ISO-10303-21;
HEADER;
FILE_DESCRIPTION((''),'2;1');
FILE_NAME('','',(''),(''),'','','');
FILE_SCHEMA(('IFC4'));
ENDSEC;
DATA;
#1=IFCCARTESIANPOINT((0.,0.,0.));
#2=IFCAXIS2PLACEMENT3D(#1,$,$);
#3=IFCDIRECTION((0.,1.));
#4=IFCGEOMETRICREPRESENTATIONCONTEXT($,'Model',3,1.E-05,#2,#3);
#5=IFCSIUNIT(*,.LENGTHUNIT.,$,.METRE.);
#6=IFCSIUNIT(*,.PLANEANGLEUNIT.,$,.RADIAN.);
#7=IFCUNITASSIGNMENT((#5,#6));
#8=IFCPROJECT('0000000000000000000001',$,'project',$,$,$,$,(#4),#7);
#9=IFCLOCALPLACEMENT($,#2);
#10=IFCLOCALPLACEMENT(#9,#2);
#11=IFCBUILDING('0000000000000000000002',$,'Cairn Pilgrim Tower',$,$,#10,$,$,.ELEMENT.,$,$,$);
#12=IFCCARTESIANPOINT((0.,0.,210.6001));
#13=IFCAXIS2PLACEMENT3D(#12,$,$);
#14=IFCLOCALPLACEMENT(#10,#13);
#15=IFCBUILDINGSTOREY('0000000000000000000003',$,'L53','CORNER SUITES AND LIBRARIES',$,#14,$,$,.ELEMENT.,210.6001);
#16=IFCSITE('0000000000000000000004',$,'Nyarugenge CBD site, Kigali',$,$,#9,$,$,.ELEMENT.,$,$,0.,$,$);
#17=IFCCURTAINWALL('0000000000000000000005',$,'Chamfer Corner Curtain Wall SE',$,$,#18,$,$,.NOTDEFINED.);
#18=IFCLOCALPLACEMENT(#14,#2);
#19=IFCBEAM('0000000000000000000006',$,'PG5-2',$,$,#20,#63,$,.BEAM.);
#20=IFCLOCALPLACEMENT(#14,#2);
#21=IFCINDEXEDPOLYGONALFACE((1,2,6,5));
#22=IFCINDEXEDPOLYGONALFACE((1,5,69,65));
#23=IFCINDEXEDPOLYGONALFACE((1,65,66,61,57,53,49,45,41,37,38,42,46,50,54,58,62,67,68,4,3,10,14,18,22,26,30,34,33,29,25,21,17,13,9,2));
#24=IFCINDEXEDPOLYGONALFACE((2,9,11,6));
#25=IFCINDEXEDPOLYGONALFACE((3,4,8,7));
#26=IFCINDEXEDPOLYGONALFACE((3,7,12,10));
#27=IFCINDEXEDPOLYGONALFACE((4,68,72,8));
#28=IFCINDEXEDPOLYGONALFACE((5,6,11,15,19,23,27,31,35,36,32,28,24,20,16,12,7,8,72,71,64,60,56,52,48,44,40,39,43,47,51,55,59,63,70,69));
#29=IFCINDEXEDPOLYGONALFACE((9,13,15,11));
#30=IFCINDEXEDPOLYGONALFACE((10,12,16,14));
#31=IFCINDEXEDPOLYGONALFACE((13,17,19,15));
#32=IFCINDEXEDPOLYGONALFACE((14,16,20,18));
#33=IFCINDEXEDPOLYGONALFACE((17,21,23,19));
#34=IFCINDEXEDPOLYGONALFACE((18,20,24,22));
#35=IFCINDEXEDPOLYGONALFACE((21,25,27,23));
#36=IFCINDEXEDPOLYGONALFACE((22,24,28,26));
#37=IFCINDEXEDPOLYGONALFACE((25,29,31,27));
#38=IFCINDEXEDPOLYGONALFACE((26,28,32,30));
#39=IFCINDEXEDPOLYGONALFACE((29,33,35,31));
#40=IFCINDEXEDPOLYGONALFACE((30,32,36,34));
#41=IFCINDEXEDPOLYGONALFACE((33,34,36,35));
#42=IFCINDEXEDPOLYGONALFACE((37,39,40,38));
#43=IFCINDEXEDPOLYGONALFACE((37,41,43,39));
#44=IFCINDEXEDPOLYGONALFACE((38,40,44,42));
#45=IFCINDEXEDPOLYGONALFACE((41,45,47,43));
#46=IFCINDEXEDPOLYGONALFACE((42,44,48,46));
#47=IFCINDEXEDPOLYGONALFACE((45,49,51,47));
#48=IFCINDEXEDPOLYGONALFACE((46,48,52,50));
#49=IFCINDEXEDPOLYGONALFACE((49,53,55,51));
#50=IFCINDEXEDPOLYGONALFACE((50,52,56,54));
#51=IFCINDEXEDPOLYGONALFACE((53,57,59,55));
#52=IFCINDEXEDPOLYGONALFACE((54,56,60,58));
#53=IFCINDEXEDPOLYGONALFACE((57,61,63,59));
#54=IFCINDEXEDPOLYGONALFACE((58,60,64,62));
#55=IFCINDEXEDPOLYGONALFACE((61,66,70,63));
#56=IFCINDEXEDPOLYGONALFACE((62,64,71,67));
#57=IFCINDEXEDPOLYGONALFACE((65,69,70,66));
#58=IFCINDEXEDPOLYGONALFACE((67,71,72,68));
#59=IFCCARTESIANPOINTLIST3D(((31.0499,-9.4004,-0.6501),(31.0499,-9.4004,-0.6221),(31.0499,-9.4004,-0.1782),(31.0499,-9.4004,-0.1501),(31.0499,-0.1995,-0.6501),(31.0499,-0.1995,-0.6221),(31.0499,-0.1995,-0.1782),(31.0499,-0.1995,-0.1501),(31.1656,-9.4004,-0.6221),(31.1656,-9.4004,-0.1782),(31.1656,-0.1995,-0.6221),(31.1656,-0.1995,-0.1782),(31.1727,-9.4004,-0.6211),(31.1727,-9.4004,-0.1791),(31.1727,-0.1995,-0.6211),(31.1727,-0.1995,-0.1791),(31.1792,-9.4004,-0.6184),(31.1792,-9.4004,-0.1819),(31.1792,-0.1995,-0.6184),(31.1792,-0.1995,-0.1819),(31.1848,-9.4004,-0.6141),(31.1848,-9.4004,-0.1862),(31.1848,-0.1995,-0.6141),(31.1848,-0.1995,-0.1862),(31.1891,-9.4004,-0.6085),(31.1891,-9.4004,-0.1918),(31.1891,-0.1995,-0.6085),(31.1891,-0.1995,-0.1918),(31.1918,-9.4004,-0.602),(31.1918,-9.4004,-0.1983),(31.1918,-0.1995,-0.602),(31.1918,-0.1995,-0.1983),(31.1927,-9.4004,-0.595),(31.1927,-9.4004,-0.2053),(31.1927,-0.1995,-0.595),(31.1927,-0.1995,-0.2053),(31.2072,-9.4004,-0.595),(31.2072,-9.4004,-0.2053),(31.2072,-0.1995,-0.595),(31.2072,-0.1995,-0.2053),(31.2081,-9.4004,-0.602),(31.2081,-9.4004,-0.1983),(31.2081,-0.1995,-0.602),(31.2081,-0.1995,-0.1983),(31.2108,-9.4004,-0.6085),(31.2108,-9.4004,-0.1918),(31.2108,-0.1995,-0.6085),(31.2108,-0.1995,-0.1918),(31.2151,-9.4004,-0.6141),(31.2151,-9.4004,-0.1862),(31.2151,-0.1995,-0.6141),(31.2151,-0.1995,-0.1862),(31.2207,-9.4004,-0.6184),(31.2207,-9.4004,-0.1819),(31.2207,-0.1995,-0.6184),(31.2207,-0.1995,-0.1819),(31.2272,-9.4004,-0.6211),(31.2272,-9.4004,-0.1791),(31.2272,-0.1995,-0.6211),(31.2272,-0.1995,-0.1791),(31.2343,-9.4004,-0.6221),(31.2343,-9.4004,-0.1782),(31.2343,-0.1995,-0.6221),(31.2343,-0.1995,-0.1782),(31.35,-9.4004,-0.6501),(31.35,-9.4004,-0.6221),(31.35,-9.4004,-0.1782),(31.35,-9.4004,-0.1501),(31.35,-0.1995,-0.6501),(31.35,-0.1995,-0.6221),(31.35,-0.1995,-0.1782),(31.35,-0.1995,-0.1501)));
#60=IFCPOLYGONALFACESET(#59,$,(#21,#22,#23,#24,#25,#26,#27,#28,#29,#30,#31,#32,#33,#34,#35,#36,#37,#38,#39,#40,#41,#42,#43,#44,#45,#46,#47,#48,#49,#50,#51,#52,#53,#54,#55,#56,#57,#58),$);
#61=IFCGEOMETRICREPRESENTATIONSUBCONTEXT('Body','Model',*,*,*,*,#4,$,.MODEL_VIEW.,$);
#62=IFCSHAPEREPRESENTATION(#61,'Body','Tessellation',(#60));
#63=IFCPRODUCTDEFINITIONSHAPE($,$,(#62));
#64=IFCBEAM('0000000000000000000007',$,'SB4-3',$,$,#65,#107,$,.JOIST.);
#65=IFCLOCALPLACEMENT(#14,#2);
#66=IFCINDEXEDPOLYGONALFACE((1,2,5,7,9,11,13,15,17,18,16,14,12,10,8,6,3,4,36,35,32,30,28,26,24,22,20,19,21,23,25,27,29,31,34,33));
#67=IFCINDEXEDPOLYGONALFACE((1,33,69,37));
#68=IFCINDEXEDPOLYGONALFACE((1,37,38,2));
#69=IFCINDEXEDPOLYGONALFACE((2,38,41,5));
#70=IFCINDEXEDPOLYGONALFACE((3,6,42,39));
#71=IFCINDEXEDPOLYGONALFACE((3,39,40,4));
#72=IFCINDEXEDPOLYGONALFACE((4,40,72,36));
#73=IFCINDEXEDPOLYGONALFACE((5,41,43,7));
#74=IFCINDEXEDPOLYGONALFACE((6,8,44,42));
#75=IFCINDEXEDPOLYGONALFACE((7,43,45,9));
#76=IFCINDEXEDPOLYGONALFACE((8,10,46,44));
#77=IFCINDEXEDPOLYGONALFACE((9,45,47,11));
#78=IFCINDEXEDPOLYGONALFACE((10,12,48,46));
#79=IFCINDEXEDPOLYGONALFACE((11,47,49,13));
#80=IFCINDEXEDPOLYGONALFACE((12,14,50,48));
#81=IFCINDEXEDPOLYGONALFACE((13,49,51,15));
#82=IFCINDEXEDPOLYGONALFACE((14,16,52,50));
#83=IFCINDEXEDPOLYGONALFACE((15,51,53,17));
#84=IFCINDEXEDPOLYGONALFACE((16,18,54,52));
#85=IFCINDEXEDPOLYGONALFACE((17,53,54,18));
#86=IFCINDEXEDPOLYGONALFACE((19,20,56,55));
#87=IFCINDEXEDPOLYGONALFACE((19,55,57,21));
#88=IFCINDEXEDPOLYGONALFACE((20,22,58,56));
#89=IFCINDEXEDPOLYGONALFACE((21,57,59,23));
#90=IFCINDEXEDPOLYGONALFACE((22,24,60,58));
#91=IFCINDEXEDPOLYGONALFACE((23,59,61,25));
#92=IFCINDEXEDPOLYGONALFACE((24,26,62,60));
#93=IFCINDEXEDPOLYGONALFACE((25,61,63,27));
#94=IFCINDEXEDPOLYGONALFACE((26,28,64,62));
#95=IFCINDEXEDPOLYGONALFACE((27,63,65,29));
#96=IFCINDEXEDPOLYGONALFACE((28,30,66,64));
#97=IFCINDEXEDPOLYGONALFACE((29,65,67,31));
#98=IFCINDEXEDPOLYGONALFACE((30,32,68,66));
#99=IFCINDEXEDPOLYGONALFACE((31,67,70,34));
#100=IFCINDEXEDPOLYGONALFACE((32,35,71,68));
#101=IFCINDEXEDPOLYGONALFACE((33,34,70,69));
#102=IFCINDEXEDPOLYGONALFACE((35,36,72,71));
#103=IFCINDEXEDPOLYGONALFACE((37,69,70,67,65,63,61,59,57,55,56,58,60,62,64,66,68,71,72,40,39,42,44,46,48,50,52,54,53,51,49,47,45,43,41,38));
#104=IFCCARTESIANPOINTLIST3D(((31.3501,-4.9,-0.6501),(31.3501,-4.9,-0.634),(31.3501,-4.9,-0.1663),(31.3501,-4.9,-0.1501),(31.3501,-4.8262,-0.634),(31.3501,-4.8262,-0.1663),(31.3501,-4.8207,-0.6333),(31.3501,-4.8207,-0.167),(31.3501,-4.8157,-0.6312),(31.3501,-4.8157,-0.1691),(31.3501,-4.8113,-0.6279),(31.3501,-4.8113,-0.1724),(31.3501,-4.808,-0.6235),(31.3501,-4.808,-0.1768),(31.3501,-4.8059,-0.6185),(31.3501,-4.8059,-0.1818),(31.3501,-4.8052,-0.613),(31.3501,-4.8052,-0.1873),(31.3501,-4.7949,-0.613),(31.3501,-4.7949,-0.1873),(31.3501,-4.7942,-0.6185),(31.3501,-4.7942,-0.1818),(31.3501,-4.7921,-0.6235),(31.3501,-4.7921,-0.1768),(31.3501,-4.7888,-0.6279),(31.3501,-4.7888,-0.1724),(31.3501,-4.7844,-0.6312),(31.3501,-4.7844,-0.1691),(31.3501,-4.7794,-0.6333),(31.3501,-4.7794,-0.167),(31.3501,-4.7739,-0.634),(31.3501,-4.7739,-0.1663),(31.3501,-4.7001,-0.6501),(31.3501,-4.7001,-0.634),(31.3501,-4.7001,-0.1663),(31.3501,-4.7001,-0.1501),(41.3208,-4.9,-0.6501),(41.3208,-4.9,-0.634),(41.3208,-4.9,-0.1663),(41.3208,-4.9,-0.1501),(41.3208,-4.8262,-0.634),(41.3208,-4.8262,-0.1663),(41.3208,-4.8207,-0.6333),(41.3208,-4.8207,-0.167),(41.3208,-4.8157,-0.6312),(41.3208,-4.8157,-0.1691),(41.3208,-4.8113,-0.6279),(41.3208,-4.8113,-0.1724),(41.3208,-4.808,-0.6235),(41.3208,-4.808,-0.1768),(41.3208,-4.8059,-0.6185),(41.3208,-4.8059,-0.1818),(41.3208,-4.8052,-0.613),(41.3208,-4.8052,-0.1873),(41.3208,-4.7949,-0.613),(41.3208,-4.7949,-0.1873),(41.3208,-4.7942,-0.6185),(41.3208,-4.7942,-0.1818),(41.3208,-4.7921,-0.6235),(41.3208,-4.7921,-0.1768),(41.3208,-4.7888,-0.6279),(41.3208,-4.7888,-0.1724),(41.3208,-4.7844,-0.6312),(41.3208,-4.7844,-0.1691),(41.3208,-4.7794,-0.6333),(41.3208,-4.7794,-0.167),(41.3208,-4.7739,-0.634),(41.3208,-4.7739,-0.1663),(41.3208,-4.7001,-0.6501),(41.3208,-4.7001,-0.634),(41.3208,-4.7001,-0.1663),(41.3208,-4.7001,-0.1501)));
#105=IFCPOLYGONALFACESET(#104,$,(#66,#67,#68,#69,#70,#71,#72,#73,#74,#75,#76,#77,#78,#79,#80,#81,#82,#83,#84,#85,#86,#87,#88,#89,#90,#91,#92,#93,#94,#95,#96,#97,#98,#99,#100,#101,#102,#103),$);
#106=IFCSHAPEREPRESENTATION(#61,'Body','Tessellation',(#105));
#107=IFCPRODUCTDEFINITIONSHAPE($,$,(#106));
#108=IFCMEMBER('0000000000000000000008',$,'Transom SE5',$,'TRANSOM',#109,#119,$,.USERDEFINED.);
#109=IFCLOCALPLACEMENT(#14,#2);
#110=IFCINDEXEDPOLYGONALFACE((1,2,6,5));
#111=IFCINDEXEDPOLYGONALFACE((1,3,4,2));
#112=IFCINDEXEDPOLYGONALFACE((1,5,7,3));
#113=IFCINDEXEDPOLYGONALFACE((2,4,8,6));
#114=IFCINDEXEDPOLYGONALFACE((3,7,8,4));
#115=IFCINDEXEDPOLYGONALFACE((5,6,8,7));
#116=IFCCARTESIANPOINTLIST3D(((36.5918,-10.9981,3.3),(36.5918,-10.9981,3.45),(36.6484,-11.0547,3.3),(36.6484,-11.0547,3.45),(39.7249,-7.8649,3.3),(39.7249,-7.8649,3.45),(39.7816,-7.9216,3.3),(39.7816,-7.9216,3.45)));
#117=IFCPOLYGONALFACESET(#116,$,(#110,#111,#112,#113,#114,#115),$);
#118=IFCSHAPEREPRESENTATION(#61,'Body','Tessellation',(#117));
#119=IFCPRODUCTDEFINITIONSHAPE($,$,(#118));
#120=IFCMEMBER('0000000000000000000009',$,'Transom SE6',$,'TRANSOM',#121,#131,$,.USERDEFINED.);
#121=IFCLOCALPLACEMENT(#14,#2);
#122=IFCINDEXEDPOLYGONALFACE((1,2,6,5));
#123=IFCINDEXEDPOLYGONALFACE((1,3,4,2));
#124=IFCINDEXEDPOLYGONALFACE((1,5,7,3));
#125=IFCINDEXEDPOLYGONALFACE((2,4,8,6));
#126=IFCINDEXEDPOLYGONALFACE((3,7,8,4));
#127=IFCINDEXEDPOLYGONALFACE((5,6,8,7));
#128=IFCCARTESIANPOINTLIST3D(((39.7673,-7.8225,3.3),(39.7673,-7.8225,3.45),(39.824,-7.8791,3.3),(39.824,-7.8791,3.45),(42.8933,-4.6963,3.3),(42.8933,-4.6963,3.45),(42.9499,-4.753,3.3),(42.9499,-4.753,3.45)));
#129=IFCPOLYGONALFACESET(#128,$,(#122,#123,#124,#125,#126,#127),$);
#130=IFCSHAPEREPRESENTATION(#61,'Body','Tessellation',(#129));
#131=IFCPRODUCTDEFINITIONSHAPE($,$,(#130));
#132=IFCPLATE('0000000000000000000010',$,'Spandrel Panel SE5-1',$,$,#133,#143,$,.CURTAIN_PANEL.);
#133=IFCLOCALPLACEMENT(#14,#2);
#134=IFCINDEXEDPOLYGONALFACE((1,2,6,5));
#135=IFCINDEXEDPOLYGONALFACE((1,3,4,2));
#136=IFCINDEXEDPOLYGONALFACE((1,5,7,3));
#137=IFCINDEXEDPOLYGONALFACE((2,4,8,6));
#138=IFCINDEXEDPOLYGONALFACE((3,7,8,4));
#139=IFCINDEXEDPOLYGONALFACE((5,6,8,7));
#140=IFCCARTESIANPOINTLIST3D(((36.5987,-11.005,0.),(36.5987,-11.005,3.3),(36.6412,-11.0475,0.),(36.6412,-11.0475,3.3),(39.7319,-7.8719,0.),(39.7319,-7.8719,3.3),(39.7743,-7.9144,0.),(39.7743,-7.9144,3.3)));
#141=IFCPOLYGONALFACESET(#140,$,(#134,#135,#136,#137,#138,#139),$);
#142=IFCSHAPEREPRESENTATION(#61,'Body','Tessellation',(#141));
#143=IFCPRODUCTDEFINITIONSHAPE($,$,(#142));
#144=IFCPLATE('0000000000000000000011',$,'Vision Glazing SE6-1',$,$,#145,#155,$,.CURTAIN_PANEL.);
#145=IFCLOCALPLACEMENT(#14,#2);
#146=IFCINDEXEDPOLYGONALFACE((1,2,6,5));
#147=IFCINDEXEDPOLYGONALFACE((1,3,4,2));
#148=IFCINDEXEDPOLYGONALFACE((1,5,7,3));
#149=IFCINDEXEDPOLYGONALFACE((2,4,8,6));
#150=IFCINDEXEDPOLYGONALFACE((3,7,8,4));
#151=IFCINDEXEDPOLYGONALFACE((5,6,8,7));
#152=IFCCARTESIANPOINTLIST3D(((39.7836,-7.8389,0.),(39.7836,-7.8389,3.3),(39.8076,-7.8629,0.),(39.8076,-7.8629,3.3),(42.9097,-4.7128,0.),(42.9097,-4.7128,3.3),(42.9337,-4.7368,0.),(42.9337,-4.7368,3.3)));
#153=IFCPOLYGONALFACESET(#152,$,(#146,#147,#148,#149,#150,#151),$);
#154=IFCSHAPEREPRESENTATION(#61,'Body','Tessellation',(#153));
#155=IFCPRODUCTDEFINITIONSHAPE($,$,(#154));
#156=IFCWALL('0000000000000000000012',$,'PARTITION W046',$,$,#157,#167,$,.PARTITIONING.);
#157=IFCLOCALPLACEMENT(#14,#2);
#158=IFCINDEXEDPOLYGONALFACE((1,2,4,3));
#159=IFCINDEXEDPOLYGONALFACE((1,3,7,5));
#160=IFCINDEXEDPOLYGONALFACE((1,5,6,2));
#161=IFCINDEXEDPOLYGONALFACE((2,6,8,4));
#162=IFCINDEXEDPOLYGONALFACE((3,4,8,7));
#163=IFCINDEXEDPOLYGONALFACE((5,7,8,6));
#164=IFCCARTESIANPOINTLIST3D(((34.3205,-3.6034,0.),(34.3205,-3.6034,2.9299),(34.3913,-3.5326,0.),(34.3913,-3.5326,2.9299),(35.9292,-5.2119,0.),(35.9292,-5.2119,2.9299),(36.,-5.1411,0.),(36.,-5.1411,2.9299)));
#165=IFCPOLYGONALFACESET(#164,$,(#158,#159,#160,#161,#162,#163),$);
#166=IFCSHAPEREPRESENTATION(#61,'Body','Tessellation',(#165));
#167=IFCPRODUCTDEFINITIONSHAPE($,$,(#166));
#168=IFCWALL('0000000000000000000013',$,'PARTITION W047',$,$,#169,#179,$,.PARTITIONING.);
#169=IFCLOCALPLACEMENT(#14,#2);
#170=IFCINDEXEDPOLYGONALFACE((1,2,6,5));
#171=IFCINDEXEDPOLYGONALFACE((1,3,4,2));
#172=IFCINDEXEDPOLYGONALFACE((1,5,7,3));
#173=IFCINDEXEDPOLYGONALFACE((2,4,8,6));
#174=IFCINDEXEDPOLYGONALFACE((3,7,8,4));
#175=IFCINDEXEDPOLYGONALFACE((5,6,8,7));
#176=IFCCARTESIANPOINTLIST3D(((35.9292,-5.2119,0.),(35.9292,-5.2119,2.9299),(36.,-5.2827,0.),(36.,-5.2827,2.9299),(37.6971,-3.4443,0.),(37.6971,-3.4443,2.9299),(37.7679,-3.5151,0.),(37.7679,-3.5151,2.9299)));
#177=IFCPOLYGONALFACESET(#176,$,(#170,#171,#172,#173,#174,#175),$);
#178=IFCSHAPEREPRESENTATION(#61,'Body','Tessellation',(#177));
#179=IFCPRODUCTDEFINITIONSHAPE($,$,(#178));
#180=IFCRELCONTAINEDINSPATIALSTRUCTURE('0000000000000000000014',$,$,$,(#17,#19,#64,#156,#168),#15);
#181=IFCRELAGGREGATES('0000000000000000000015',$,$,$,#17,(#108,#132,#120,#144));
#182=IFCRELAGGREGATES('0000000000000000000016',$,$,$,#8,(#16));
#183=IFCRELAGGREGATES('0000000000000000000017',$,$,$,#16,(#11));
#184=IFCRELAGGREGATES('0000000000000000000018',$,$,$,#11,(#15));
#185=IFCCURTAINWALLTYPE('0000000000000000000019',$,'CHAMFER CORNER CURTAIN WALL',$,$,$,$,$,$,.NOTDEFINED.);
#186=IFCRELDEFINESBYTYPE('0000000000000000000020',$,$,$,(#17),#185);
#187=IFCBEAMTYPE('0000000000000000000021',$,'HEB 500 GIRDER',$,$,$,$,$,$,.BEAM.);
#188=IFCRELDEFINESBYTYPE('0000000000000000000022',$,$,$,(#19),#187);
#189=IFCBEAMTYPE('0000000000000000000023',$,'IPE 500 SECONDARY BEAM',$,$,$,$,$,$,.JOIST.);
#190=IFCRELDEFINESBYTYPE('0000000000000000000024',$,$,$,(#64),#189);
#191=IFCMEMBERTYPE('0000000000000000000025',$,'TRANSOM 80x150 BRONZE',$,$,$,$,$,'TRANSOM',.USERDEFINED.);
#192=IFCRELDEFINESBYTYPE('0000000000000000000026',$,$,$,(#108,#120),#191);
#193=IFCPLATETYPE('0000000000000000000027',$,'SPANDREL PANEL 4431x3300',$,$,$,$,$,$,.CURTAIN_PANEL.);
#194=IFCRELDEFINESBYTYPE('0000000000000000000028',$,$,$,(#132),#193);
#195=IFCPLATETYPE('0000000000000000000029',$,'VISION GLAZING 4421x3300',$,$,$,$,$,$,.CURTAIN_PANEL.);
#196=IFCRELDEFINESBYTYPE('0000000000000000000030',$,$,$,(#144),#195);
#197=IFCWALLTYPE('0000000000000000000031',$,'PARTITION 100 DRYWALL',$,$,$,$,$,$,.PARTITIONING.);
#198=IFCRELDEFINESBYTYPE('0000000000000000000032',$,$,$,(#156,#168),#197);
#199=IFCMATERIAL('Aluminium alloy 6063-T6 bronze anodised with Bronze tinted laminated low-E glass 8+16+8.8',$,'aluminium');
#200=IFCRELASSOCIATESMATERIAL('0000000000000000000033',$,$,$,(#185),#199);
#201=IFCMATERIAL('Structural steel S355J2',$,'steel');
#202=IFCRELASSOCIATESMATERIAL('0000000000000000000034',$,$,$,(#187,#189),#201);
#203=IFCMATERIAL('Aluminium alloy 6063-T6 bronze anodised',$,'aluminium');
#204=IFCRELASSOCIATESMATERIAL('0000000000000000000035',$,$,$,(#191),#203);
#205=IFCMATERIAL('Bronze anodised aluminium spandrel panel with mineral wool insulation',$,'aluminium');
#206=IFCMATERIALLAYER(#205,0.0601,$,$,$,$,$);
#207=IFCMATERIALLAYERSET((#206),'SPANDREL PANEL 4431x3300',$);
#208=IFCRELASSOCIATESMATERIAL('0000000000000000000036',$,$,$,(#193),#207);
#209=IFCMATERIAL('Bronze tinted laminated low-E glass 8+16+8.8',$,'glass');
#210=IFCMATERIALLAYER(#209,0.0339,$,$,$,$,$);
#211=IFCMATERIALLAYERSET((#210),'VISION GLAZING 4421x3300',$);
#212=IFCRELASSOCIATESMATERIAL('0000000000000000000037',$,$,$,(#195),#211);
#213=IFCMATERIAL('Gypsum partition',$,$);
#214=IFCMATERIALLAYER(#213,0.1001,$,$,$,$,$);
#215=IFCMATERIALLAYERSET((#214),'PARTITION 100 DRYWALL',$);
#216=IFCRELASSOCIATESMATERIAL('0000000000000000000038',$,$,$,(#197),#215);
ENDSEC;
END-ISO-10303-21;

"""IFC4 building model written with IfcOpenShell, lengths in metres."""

from ifc_helpers import new_model, si_unit, direction, frame, frame_2d, origin, origin_2d, place, context, subcontext, project, spatial, rectangle, i_section, extrude, material, layer, layer_set, material_profile, profile_set, type_object, element, aggregate, save


model = new_model("IFC4")

# Units and contexts
model_context = context("Model", 3, precision=1e-05, world=origin(), true_north=direction((0.0, 1.0)))
body_context = subcontext(model_context, "Body", "Model", "MODEL_VIEW")
ifc_project = project(units=[si_unit("LENGTHUNIT", "METRE"), si_unit("PLANEANGLEUNIT", "RADIAN")], contexts=[model_context])

# Site, building, storey
site_placement = place(None, origin())
site = spatial("IfcSite", under=ifc_project, at=site_placement, Name="Nyarugenge CBD site, Kigali", CompositionType="ELEMENT", RefElevation=0.0)
building_placement = place(site_placement, origin())
building = spatial("IfcBuilding", under=site, at=building_placement, Name="Cairn Pilgrim Tower", CompositionType="ELEMENT")
storey_placement = place(building_placement, frame((0.0, 0.0, 210.6001)))
storey = spatial("IfcBuildingStorey", under=building, at=storey_placement, Name="L53", Description="CORNER SUITES AND LIBRARIES", CompositionType="ELEMENT", Elevation=210.6001)

# Shared definitions
ifc_material_1 = material(Name="Structural steel S355J2", Category="steel")

# Curtain wall
ifc_material_2 = material(Name="Aluminium alloy 6063-T6 bronze anodised with Bronze tinted laminated low-E glass 8+16+8.8", Category="aluminium")
curtain_wall_type_1 = type_object("IfcCurtainWallType", Name="CHAMFER CORNER CURTAIN WALL", PredefinedType="NOTDEFINED", material=ifc_material_2)
curtain_wall_1_placement = place(storey_placement, origin())
curtain_wall_1 = element("IfcCurtainWall", 1, at=curtain_wall_1_placement, inside=storey, type_object=curtain_wall_type_1, Name="Chamfer Corner Curtain Wall SE", PredefinedType="NOTDEFINED")
ifc_material_3 = material(Name="Aluminium alloy 6063-T6 bronze anodised", Category="aluminium")

# Beams
ifc_material_profile_1 = material_profile(ifc_material_1, i_section(OverallWidth=0.3, OverallDepth=0.5, WebThickness=0.0144, FlangeThickness=0.0281, FilletRadius=0.0271, at=origin_2d()), Name="HEB 500")
ifc_profile_set_1 = profile_set([ifc_material_profile_1], Name="Structural steel S355J2")
beam_type_1 = type_object("IfcBeamType", Name="HEB 500 GIRDER", PredefinedType="BEAM", material=ifc_profile_set_1)
beam_1_placement = place(storey_placement, frame((31.2, -9.4004, -0.4001), z_axis=(0.0, 1.0, 0.0), x_axis=(-1.0, 0.0, 0.0)))
element("IfcBeam", 2, at=beam_1_placement, inside=storey, type_object=beam_type_1, Name="PG5-2", PredefinedType="BEAM", context=body_context, shape_type="SweptSolid", body=[
    extrude(i_section(OverallWidth=0.3, OverallDepth=0.5, WebThickness=0.0144, FlangeThickness=0.0281, FilletRadius=0.0271, at=origin_2d()), origin(), (0.0, 0.0, 1.0), 9.2009),
])
ifc_material_profile_2 = material_profile(ifc_material_1, i_section(OverallWidth=0.2, OverallDepth=0.5, WebThickness=0.0103, FlangeThickness=0.0161, FilletRadius=0.021, at=origin_2d()), Name="IPE 500")
ifc_profile_set_2 = profile_set([ifc_material_profile_2], Name="Structural steel S355J2")
beam_type_2 = type_object("IfcBeamType", Name="IPE 500 SECONDARY BEAM", PredefinedType="JOIST", material=ifc_profile_set_2)
beam_2_placement = place(storey_placement, frame((31.3501, -4.8, -0.4001), z_axis=(1.0, 0.0, 0.0), x_axis=(0.0, 1.0, 0.0)))
element("IfcBeam", 3, at=beam_2_placement, inside=storey, type_object=beam_type_2, Name="SB4-3", PredefinedType="JOIST", context=body_context, shape_type="SweptSolid", body=[
    extrude(i_section(OverallWidth=0.2, OverallDepth=0.5, WebThickness=0.0103, FlangeThickness=0.0161, FilletRadius=0.021, at=origin_2d()), origin(), (0.0, 0.0, 1.0), 9.9707),
])

# Members
ifc_material_profile_3 = material_profile(ifc_material_3, rectangle(XDim=0.0801, YDim=0.1499, at=origin_2d()), Name="TRANSOM 80x150 BRONZE")
ifc_profile_set_3 = profile_set([ifc_material_profile_3], Name="Aluminium alloy 6063-T6 bronze anodised")
member_type_1 = type_object("IfcMemberType", Name="TRANSOM 80x150 BRONZE", ElementType="TRANSOM", PredefinedType="USERDEFINED", material=ifc_profile_set_3)
member_1_placement = place(storey_placement, frame((36.6201, -11.0264, 3.375), z_axis=(0.707107, 0.707107, 0.0), x_axis=(-0.707107, 0.707107, 0.0)))
member_1 = element("IfcMember", 4, at=member_1_placement, type_object=member_type_1, Name="Transom SE5", ObjectType="TRANSOM", PredefinedType="USERDEFINED", context=body_context, shape_type="SweptSolid", body=[
    extrude(rectangle(XDim=0.0801, YDim=0.1499, at=origin_2d()), origin(), (0.0, 0.0, 1.0), 4.4309),
])
member_2_placement = place(storey_placement, frame((39.7957, -7.8508, 3.375), z_axis=(0.707079, 0.707134, 0.0), x_axis=(-0.707134, 0.707079, 0.0)))
member_2 = element("IfcMember", 5, at=member_2_placement, type_object=member_type_1, Name="Transom SE6", ObjectType="TRANSOM", PredefinedType="USERDEFINED", context=body_context, shape_type="SweptSolid", body=[
    extrude(rectangle(XDim=0.0801, YDim=0.1499, at=origin_2d()), origin(), (0.0, 0.0, 1.0), 4.4209),
])

# Plates
ifc_material_4 = material(Name="Bronze anodised aluminium spandrel panel with mineral wool insulation", Category="aluminium")
ifc_layer_1 = layer(ifc_material_4, 0.0601)
ifc_layer_set_1 = layer_set([ifc_layer_1], Name="SPANDREL PANEL 4431x3300")
plate_type_1 = type_object("IfcPlateType", Name="SPANDREL PANEL 4431x3300", PredefinedType="CURTAIN_PANEL", material=ifc_layer_set_1)
plate_1_placement = place(storey_placement, frame((38.1865, -9.4597, 0.0), z_axis=(0.0, 0.0, 1.0), x_axis=(0.707107, 0.707107, 0.0)))
plate_1 = element("IfcPlate", 6, at=plate_1_placement, type_object=plate_type_1, Name="Spandrel Panel SE5-1", PredefinedType="CURTAIN_PANEL", context=body_context, shape_type="SweptSolid", body=[
    extrude(rectangle(XDim=4.4309, YDim=0.0601, at=origin_2d()), origin(), (0.0, 0.0, 1.0), 3.3),
])
ifc_material_5 = material(Name="Bronze tinted laminated low-E glass 8+16+8.8", Category="glass")
ifc_layer_2 = layer(ifc_material_5, 0.0339)
ifc_layer_set_2 = layer_set([ifc_layer_2], Name="VISION GLAZING 4421x3300")
plate_type_2 = type_object("IfcPlateType", Name="VISION GLAZING 4421x3300", PredefinedType="CURTAIN_PANEL", material=ifc_layer_set_2)
plate_2_placement = place(storey_placement, frame((41.3586, -6.2878, 0.0), z_axis=(0.0, 0.0, 1.0), x_axis=(0.707107, 0.707107, 0.0)))
plate_2 = element("IfcPlate", 7, at=plate_2_placement, type_object=plate_type_2, Name="Vision Glazing SE6-1", PredefinedType="CURTAIN_PANEL", context=body_context, shape_type="SweptSolid", body=[
    extrude(rectangle(XDim=4.4209, YDim=0.0339, at=origin_2d()), origin(), (0.0, 0.0, 1.0), 3.3),
])
aggregate(curtain_wall_1, [member_1, plate_1, member_2, plate_2])

# Walls
ifc_material_6 = material(Name="Gypsum partition")
ifc_layer_3 = layer(ifc_material_6, 0.1001)
ifc_layer_set_3 = layer_set([ifc_layer_3], Name="PARTITION 100 DRYWALL")
wall_type_1 = type_object("IfcWallType", Name="PARTITION 100 DRYWALL", PredefinedType="PARTITIONING", material=ifc_layer_set_3)
wall_1_placement = place(storey_placement, frame((35.9646, -5.1765, 0.0), z_axis=(0.0, 0.0, 1.0), x_axis=(-0.70716, 0.707053, 0.0)))
element("IfcWall", 8, at=wall_1_placement, inside=storey, type_object=wall_type_1, Name="PARTITION W046", PredefinedType="PARTITIONING", context=body_context, shape_type="SweptSolid", body=[
    extrude(rectangle(XDim=2.2749, YDim=0.1001, at=frame_2d((1.1375, 0.0))), origin(), (0.0, 0.0, 1.0), 2.9299),
])
wall_2_placement = place(storey_placement, frame((35.9646, -5.2473, 0.0), z_axis=(0.0, 0.0, 1.0), x_axis=(0.707156, 0.707058, 0.0)))
element("IfcWall", 9, at=wall_2_placement, inside=storey, type_object=wall_type_1, Name="PARTITION W047", PredefinedType="PARTITIONING", context=body_context, shape_type="SweptSolid", body=[
    extrude(rectangle(XDim=2.5, YDim=0.1001, at=frame_2d((1.25, 0.0))), origin(), (0.0, 0.0, 1.0), 2.9299),
])

save(model, "model.ifc")
